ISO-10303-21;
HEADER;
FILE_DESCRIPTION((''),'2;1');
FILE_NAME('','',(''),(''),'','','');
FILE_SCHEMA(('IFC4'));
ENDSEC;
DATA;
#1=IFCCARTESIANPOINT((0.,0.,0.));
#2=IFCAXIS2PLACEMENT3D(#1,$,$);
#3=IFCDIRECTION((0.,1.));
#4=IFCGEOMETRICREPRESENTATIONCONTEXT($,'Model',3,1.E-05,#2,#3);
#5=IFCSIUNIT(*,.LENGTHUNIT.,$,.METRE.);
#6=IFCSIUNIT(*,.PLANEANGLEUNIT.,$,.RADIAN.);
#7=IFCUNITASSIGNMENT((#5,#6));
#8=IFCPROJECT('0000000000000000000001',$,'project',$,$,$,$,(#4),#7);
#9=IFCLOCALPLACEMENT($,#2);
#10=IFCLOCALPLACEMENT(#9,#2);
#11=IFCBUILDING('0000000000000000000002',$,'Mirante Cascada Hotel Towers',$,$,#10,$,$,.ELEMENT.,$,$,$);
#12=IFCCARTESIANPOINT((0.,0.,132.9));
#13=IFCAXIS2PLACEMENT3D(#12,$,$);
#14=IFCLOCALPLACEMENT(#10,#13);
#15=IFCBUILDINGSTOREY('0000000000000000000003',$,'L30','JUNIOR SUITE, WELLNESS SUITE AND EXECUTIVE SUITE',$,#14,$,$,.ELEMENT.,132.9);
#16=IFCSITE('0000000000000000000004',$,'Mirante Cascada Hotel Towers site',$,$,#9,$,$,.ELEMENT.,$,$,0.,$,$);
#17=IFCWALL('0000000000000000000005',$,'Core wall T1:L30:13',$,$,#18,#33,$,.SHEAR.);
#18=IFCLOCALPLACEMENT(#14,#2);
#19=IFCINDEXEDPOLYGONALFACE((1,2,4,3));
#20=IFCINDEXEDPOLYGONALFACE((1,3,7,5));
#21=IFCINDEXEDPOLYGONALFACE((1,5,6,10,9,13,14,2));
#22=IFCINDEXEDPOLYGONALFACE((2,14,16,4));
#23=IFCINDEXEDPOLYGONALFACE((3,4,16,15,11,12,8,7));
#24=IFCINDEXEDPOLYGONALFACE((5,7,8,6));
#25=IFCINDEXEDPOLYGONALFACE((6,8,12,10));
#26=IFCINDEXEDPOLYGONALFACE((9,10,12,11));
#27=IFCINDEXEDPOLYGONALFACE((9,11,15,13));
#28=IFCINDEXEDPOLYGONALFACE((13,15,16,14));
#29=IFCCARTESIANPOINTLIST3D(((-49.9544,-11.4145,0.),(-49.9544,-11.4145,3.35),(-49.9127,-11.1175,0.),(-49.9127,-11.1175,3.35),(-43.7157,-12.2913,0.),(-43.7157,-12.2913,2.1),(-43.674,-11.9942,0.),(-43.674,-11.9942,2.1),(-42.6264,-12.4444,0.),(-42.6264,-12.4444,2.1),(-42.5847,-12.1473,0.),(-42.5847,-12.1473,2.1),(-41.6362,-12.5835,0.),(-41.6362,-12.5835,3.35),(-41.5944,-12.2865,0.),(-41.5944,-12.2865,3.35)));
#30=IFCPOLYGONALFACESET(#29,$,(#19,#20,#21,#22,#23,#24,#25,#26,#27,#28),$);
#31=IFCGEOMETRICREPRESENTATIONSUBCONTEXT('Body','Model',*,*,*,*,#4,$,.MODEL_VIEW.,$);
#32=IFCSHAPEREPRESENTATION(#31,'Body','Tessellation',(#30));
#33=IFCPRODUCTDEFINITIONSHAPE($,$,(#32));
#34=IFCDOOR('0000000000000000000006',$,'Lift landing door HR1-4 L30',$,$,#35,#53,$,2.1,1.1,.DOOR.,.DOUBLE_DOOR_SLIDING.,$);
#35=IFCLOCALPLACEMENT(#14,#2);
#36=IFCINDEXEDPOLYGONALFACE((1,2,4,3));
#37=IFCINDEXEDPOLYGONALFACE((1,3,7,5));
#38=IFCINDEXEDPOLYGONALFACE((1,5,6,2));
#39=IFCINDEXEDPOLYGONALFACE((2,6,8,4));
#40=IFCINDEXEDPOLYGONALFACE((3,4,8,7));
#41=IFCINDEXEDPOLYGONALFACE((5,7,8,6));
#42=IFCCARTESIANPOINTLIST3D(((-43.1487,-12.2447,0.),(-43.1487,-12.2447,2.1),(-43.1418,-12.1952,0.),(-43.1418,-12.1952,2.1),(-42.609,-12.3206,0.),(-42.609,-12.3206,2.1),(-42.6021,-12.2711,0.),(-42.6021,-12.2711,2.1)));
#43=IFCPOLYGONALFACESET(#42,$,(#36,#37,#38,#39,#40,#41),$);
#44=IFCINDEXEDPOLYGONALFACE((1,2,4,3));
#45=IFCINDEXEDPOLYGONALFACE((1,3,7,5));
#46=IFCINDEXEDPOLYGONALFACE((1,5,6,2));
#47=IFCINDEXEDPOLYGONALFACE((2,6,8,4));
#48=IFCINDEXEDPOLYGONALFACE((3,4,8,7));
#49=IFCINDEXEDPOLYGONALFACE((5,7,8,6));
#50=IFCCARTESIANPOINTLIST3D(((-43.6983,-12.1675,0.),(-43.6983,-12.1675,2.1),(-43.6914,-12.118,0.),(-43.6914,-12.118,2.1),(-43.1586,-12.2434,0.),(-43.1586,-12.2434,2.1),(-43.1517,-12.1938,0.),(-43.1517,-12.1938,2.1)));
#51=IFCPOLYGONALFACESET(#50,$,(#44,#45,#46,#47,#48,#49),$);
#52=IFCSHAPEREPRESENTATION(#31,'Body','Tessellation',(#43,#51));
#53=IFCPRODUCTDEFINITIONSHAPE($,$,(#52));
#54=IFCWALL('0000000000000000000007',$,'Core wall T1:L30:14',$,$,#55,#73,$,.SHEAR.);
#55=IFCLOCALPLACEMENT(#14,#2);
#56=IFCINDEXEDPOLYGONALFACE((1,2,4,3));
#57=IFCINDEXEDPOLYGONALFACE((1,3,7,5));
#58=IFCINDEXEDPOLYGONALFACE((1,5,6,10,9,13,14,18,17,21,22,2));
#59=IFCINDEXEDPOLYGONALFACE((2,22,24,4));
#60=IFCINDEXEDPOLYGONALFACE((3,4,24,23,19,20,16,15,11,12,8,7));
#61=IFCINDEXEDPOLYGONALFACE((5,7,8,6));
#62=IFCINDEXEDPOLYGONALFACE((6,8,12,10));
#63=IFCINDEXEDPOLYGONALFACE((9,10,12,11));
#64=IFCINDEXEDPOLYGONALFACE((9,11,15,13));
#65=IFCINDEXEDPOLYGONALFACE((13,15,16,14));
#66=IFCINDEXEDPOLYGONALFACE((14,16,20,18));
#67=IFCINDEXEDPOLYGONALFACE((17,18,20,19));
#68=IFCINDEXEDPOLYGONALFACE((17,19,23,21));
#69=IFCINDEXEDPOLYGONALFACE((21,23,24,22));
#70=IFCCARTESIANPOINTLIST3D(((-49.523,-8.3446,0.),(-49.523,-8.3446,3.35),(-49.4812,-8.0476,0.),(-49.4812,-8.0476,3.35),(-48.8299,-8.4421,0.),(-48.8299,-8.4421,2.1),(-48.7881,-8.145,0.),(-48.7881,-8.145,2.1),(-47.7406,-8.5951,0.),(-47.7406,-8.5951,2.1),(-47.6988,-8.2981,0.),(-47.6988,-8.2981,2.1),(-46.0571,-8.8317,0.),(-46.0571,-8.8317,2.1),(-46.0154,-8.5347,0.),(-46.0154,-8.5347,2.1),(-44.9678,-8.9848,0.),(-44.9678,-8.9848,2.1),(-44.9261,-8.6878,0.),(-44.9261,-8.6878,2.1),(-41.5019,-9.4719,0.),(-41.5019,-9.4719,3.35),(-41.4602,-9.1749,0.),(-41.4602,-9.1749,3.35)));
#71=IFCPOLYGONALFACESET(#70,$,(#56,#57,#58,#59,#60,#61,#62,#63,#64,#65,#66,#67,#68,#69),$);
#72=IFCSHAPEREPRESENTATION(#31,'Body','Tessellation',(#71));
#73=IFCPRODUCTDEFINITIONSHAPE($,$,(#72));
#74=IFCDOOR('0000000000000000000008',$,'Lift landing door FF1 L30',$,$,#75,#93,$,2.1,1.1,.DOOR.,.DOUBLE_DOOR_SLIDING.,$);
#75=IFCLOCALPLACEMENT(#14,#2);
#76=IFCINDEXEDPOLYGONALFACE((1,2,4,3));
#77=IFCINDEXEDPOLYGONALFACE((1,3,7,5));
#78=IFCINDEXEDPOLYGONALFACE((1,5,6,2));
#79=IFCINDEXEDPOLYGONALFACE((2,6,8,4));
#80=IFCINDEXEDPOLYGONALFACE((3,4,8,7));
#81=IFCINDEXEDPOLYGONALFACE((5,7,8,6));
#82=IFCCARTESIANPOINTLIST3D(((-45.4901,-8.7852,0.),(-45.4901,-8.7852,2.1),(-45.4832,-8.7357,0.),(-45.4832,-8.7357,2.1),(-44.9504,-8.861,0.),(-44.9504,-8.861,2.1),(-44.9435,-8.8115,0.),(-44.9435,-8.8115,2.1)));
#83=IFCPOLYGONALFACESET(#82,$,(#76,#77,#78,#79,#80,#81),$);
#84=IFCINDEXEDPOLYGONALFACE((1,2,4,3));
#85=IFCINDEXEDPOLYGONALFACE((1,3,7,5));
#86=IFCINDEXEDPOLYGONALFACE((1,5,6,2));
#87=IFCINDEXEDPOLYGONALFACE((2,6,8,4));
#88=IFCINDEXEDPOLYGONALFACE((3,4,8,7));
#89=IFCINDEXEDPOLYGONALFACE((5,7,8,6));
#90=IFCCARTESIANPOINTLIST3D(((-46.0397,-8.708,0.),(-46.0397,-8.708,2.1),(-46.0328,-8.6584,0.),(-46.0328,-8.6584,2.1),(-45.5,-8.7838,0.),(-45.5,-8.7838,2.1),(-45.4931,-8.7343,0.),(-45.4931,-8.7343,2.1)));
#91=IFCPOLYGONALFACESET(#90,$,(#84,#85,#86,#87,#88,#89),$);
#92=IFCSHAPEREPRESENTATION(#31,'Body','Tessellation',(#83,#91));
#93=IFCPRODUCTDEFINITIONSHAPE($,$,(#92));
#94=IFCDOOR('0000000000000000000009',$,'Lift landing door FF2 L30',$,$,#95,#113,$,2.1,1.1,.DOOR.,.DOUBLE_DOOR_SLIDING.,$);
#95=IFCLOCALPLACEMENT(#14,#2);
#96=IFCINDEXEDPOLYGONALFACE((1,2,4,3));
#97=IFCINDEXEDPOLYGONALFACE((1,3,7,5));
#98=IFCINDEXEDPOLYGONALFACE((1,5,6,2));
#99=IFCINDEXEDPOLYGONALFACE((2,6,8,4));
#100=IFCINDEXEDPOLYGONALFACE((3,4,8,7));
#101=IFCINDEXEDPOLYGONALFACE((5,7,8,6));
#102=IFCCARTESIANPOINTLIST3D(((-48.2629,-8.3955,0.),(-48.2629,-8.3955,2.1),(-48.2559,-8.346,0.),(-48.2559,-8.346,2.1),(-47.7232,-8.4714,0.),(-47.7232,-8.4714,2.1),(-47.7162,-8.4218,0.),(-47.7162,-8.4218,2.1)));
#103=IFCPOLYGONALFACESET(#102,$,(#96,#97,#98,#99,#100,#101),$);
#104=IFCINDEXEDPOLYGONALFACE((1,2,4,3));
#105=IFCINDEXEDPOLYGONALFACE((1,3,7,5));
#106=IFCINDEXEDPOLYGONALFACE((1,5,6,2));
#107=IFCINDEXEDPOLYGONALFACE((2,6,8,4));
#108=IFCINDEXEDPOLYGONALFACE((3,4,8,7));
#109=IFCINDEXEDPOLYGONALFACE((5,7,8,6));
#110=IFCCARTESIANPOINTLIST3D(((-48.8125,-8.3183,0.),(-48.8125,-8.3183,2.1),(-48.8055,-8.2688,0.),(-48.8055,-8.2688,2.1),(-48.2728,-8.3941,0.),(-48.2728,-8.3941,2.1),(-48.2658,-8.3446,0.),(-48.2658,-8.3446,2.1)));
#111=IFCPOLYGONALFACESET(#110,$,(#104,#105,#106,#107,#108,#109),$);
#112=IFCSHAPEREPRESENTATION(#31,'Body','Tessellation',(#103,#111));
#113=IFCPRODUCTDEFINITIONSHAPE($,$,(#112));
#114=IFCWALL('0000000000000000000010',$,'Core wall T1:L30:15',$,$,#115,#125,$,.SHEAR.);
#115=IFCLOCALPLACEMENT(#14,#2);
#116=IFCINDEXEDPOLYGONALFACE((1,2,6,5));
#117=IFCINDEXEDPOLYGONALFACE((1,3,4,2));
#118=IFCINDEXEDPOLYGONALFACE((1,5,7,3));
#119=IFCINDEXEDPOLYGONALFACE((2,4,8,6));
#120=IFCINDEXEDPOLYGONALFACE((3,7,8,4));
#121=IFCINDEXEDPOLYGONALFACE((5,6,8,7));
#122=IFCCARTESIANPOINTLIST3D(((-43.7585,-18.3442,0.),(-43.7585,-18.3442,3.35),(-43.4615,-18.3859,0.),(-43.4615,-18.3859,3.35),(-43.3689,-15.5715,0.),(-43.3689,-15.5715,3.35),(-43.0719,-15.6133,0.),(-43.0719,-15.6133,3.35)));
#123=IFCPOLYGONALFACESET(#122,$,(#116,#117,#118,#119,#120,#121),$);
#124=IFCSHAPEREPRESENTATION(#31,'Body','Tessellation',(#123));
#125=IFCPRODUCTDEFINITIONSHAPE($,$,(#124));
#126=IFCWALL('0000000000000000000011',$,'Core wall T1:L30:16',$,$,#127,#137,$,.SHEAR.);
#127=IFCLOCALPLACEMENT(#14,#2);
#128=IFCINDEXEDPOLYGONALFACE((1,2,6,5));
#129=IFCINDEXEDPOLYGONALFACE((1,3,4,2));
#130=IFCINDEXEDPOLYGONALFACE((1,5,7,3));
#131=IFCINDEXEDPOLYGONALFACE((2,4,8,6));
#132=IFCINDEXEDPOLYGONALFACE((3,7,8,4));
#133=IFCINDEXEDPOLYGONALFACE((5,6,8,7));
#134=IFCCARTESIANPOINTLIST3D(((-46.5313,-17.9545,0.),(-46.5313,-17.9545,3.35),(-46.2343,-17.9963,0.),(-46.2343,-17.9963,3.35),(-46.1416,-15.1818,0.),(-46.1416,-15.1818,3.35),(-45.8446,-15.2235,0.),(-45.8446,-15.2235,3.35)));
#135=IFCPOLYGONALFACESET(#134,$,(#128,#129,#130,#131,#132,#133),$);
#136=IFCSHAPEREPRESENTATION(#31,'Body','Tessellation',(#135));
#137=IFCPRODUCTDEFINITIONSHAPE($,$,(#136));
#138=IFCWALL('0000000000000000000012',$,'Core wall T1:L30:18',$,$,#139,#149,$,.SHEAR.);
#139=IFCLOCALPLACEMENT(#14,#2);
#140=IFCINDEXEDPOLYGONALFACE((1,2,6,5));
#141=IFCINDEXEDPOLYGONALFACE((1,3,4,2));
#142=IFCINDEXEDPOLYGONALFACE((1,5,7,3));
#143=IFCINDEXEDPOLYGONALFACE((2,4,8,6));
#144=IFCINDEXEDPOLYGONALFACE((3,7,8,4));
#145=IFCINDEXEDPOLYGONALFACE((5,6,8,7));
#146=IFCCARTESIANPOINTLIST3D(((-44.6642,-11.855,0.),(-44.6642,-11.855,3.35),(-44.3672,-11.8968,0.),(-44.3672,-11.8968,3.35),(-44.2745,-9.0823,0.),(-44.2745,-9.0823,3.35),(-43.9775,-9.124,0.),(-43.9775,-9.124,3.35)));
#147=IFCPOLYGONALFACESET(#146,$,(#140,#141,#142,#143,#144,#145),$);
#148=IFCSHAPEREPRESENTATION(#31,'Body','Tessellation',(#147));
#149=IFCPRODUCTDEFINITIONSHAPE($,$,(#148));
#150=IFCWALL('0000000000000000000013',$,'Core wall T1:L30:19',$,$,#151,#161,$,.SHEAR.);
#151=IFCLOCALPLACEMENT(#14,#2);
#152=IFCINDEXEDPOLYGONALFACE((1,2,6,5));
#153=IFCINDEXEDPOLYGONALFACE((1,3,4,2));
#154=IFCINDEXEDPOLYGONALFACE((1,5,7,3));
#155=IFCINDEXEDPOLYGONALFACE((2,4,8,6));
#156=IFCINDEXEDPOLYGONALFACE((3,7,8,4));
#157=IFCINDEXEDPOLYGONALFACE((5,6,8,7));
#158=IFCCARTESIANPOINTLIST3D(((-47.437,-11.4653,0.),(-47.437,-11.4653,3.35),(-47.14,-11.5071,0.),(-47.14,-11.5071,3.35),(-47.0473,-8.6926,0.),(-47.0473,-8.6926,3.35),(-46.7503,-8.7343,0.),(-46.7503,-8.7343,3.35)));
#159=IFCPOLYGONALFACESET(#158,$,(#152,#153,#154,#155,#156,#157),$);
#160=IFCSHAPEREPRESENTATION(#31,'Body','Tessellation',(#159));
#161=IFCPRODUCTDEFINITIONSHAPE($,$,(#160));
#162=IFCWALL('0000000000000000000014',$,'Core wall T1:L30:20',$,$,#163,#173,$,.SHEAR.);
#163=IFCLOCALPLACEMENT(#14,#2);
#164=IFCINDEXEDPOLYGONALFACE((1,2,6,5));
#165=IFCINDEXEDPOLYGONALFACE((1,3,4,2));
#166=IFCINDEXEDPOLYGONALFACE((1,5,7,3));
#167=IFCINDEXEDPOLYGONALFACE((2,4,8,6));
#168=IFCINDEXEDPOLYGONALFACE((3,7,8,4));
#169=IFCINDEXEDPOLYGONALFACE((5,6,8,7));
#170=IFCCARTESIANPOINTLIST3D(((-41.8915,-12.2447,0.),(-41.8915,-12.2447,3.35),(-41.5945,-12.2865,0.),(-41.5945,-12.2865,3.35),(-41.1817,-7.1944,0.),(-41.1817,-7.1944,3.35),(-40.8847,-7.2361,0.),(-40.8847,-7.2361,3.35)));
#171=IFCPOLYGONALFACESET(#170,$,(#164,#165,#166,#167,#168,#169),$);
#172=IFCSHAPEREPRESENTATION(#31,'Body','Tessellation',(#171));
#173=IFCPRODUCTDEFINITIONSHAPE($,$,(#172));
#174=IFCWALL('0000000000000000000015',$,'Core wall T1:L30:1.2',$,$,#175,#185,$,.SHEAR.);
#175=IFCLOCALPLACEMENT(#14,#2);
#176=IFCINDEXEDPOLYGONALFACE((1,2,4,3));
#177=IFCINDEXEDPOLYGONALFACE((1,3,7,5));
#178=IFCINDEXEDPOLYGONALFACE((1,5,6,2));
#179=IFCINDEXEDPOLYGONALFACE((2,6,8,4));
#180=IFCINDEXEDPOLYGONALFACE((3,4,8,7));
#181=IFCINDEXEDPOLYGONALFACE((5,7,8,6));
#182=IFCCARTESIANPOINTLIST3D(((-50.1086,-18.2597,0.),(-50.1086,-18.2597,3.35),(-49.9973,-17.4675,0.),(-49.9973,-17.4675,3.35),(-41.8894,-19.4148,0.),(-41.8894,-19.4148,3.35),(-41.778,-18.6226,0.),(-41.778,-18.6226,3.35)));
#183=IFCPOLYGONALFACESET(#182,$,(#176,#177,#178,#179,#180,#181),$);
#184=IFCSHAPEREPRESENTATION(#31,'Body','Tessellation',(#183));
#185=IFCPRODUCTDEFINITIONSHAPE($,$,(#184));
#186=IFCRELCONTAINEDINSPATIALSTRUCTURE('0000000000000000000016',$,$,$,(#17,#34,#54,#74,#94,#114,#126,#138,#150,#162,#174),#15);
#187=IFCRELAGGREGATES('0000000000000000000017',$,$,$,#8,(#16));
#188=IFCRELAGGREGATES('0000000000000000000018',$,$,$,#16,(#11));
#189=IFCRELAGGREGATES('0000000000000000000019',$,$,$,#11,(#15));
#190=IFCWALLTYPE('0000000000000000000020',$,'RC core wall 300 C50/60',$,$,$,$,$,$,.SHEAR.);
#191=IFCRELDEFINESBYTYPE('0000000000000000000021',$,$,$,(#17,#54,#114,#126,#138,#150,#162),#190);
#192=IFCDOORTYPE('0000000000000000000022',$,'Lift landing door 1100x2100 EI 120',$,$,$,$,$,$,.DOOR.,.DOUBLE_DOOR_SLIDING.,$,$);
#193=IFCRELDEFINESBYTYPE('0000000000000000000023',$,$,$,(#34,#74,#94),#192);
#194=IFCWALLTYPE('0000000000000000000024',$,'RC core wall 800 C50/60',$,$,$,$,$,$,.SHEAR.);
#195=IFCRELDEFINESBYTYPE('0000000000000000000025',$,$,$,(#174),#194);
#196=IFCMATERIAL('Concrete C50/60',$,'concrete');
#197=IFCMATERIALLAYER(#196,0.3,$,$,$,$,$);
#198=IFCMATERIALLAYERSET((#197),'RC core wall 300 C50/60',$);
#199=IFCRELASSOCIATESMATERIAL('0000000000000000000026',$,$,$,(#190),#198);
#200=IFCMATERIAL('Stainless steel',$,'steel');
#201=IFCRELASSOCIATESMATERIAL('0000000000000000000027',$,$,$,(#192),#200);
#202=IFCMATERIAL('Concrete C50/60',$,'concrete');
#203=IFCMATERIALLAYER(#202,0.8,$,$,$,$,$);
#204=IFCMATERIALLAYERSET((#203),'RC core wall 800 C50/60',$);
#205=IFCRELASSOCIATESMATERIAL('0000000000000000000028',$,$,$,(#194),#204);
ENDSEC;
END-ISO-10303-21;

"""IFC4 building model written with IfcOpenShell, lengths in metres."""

from ifc_helpers import new_model, si_unit, direction, frame, frame_2d, origin, place, context, subcontext, project, spatial, rectangle, extrude, material, layer, layer_set, type_object, element, fill, save


model = new_model("IFC4")

# Units and contexts
model_context = context("Model", 3, precision=1e-05, world=origin(), true_north=direction((0.0, 1.0)))
body_context = subcontext(model_context, "Body", "Model", "MODEL_VIEW")
ifc_project = project(units=[si_unit("LENGTHUNIT", "METRE"), si_unit("PLANEANGLEUNIT", "RADIAN")], contexts=[model_context])

# Site, building, storey
site_placement = place(None, origin())
site = spatial("IfcSite", under=ifc_project, at=site_placement, Name="Mirante Cascada Hotel Towers site", CompositionType="ELEMENT", RefElevation=0.0)
building_placement = place(site_placement, origin())
building = spatial("IfcBuilding", under=site, at=building_placement, Name="Mirante Cascada Hotel Towers", CompositionType="ELEMENT")
storey_placement = place(building_placement, frame((0.0, 0.0, 132.9)))
storey = spatial("IfcBuildingStorey", under=building, at=storey_placement, Name="L30", Description="JUNIOR SUITE, WELLNESS SUITE AND EXECUTIVE SUITE", CompositionType="ELEMENT", Elevation=132.9)

# Shared definitions
ifc_material_1 = material(Name="Concrete C50/60", Category="concrete")
ifc_layer_1 = layer(ifc_material_1, 0.3)
ifc_layer_set_1 = layer_set([ifc_layer_1], Name="RC core wall 300 C50/60")
wall_type_1 = type_object("IfcWallType", Name="RC core wall 300 C50/60", PredefinedType="SHEAR", material=ifc_layer_set_1)

# Shared definitions
ifc_material_2 = material(Name="Stainless steel", Category="steel")
door_type_1 = type_object("IfcDoorType", Name="Lift landing door 1100x2100 EI 120", OperationType="DOUBLE_DOOR_SLIDING", PredefinedType="DOOR", material=ifc_material_2)

# Wall, opening, door
wall_1_placement = place(storey_placement, frame((-41.6153, -12.435, 0.0), z_axis=(0.0, 0.0, 1.0), x_axis=(-0.990269, 0.139166, 0.0)))
wall_1 = element("IfcWall", 1, at=wall_1_placement, inside=storey, type_object=wall_type_1, Name="Core wall T1:L30:13", PredefinedType="SHEAR", context=body_context, shape_type="SweptSolid", body=[
    extrude(rectangle(XDim=8.4, YDim=0.3, at=frame_2d((4.2, 0.0))), origin(), (0.0, 0.0, 1.0), 3.35),
])
opening_1_placement = place(wall_1_placement, frame((1.0, 0.0, 0.0)))
opening_1 = element("IfcOpeningElement", 2, at=opening_1_placement, cuts=wall_1, PredefinedType="OPENING", context=body_context, shape_type="SweptSolid", body=[
    extrude(rectangle(XDim=1.1, YDim=2.1, at=frame_2d((0.55, 1.05))), frame((0.0, 0.15, 0.0), z_axis=(0.0, -1.0, 0.0), x_axis=(1.0, 0.0, 0.0)), (0.0, 0.0, 1.0), 0.3),
])
door_1_placement = place(opening_1_placement, origin())
door_1 = element("IfcDoor", 3, at=door_1_placement, inside=storey, type_object=door_type_1, Name="Lift landing door HR1-4 L30", OperationType="DOUBLE_DOOR_SLIDING", OverallHeight=2.1, OverallWidth=1.1, PredefinedType="DOOR", context=body_context, shape_type="SweptSolid", body=[
    extrude(rectangle(XDim=0.545, YDim=2.1, at=frame_2d((0.2725, 1.05))), frame((0.0, 0.025, 0.0), z_axis=(0.0, -1.0, 0.0), x_axis=(1.0, 0.0, 0.0)), (0.0, 0.0, 1.0), 0.05),
    extrude(rectangle(XDim=0.545, YDim=2.1, at=frame_2d((0.8275, 1.05))), frame((0.0, 0.025, 0.0), z_axis=(0.0, -1.0, 0.0), x_axis=(1.0, 0.0, 0.0)), (0.0, 0.0, 1.0), 0.05),
])
fill(opening_1, door_1)

# Wall, openings, doors
wall_2_placement = place(storey_placement, frame((-41.481, -9.3234, 0.0), z_axis=(0.0, 0.0, 1.0), x_axis=(-0.990268, 0.139174, 0.0)))
wall_2 = element("IfcWall", 4, at=wall_2_placement, inside=storey, type_object=wall_type_1, Name="Core wall T1:L30:14", PredefinedType="SHEAR", context=body_context, shape_type="SweptSolid", body=[
    extrude(rectangle(XDim=8.0999, YDim=0.3, at=frame_2d((4.05, 0.0))), origin(), (0.0, 0.0, 1.0), 3.35),
])
opening_2_placement = place(wall_2_placement, frame((3.5, 0.0, 0.0)))
opening_2 = element("IfcOpeningElement", 5, at=opening_2_placement, cuts=wall_2, PredefinedType="OPENING", context=body_context, shape_type="SweptSolid", body=[
    extrude(rectangle(XDim=1.1, YDim=2.1, at=frame_2d((0.55, 1.05))), frame((0.0, 0.15, 0.0), z_axis=(0.0, -1.0, 0.0), x_axis=(1.0, 0.0, 0.0)), (0.0, 0.0, 1.0), 0.3),
])
opening_3_placement = place(wall_2_placement, frame((6.3, 0.0, 0.0)))
opening_3 = element("IfcOpeningElement", 6, at=opening_3_placement, cuts=wall_2, PredefinedType="OPENING", context=body_context, shape_type="SweptSolid", body=[
    extrude(rectangle(XDim=1.1, YDim=2.1, at=frame_2d((0.55, 1.05))), frame((0.0, 0.15, 0.0), z_axis=(0.0, -1.0, 0.0), x_axis=(1.0, 0.0, 0.0)), (0.0, 0.0, 1.0), 0.3),
])
door_2_placement = place(opening_2_placement, origin())
door_2 = element("IfcDoor", 7, at=door_2_placement, inside=storey, type_object=door_type_1, Name="Lift landing door FF1 L30", OperationType="DOUBLE_DOOR_SLIDING", OverallHeight=2.1, OverallWidth=1.1, PredefinedType="DOOR", context=body_context, shape_type="SweptSolid", body=[
    extrude(rectangle(XDim=0.545, YDim=2.1, at=frame_2d((0.2725, 1.05))), frame((0.0, 0.025, 0.0), z_axis=(0.0, -1.0, 0.0), x_axis=(1.0, 0.0, 0.0)), (0.0, 0.0, 1.0), 0.05),
    extrude(rectangle(XDim=0.545, YDim=2.1, at=frame_2d((0.8275, 1.05))), frame((0.0, 0.025, 0.0), z_axis=(0.0, -1.0, 0.0), x_axis=(1.0, 0.0, 0.0)), (0.0, 0.0, 1.0), 0.05),
])
fill(opening_2, door_2)
door_3_placement = place(opening_3_placement, origin())
door_3 = element("IfcDoor", 8, at=door_3_placement, inside=storey, type_object=door_type_1, Name="Lift landing door FF2 L30", OperationType="DOUBLE_DOOR_SLIDING", OverallHeight=2.1, OverallWidth=1.1, PredefinedType="DOOR", context=body_context, shape_type="SweptSolid", body=[
    extrude(rectangle(XDim=0.545, YDim=2.1, at=frame_2d((0.2725, 1.05))), frame((0.0, 0.025, 0.0), z_axis=(0.0, -1.0, 0.0), x_axis=(1.0, 0.0, 0.0)), (0.0, 0.0, 1.0), 0.05),
    extrude(rectangle(XDim=0.545, YDim=2.1, at=frame_2d((0.8275, 1.05))), frame((0.0, 0.025, 0.0), z_axis=(0.0, -1.0, 0.0), x_axis=(1.0, 0.0, 0.0)), (0.0, 0.0, 1.0), 0.05),
])
fill(opening_3, door_3)

# Walls
wall_3_placement = place(storey_placement, frame((-43.61, -18.3651, 0.0), z_axis=(0.0, 0.0, 1.0), x_axis=(0.139146, 0.990272, 0.0)))
element("IfcWall", 9, at=wall_3_placement, inside=storey, type_object=wall_type_1, Name="Core wall T1:L30:15", PredefinedType="SHEAR", context=body_context, shape_type="SweptSolid", body=[
    extrude(rectangle(XDim=2.7999, YDim=0.3, at=frame_2d((1.4, 0.0))), origin(), (0.0, 0.0, 1.0), 3.35),
])
for number, where, z_axis, x_axis, name in (
    (10, (-46.3828, -17.9754, 0.0), (0.0, 0.0, 1.0), (0.139181, 0.990267, 0.0), "Core wall T1:L30:16"),
    (11, (-44.5157, -11.8759, 0.0), (0.0, 0.0, 1.0), (0.139181, 0.990267, 0.0), "Core wall T1:L30:18"),
    (12, (-47.2885, -11.4862, 0.0), (0.0, 0.0, 1.0), (0.139181, 0.990267, 0.0), "Core wall T1:L30:19"),
):
    element("IfcWall", number, at=place(storey_placement, frame(where, z_axis=z_axis, x_axis=x_axis)), inside=storey, type_object=wall_type_1, Name=name, PredefinedType="SHEAR", context=body_context, shape_type="SweptSolid", body=[
        extrude(rectangle(XDim=2.8, YDim=0.3, at=frame_2d((1.4, 0.0))), origin(), (0.0, 0.0, 1.0), 3.35),
    ])
wall_4_placement = place(storey_placement, frame((-41.743, -12.2656, 0.0), z_axis=(0.0, 0.0, 1.0), x_axis=(0.139176, 0.990268, 0.0)))
element("IfcWall", 13, at=wall_4_placement, inside=storey, type_object=wall_type_1, Name="Core wall T1:L30:20", PredefinedType="SHEAR", context=body_context, shape_type="SweptSolid", body=[
    extrude(rectangle(XDim=5.1, YDim=0.3, at=frame_2d((2.55, 0.0))), origin(), (0.0, 0.0, 1.0), 3.35),
])
ifc_material_3 = material(Name="Concrete C50/60", Category="concrete")
ifc_layer_2 = layer(ifc_material_3, 0.8)
ifc_layer_set_2 = layer_set([ifc_layer_2], Name="RC core wall 800 C50/60")
wall_type_2 = type_object("IfcWallType", Name="RC core wall 800 C50/60", PredefinedType="SHEAR", material=ifc_layer_set_2)
wall_5_placement = place(storey_placement, frame((-41.8337, -19.0187, 0.0), z_axis=(0.0, 0.0, 1.0), x_axis=(-0.990269, 0.139169, 0.0)))
element("IfcWall", 14, at=wall_5_placement, inside=storey, type_object=wall_type_2, Name="Core wall T1:L30:1.2", PredefinedType="SHEAR", context=body_context, shape_type="SweptSolid", body=[
    extrude(rectangle(XDim=8.3, YDim=0.8, at=frame_2d((4.15, 0.0))), origin(), (0.0, 0.0, 1.0), 3.35),
])

save(model, "model.ifc")
